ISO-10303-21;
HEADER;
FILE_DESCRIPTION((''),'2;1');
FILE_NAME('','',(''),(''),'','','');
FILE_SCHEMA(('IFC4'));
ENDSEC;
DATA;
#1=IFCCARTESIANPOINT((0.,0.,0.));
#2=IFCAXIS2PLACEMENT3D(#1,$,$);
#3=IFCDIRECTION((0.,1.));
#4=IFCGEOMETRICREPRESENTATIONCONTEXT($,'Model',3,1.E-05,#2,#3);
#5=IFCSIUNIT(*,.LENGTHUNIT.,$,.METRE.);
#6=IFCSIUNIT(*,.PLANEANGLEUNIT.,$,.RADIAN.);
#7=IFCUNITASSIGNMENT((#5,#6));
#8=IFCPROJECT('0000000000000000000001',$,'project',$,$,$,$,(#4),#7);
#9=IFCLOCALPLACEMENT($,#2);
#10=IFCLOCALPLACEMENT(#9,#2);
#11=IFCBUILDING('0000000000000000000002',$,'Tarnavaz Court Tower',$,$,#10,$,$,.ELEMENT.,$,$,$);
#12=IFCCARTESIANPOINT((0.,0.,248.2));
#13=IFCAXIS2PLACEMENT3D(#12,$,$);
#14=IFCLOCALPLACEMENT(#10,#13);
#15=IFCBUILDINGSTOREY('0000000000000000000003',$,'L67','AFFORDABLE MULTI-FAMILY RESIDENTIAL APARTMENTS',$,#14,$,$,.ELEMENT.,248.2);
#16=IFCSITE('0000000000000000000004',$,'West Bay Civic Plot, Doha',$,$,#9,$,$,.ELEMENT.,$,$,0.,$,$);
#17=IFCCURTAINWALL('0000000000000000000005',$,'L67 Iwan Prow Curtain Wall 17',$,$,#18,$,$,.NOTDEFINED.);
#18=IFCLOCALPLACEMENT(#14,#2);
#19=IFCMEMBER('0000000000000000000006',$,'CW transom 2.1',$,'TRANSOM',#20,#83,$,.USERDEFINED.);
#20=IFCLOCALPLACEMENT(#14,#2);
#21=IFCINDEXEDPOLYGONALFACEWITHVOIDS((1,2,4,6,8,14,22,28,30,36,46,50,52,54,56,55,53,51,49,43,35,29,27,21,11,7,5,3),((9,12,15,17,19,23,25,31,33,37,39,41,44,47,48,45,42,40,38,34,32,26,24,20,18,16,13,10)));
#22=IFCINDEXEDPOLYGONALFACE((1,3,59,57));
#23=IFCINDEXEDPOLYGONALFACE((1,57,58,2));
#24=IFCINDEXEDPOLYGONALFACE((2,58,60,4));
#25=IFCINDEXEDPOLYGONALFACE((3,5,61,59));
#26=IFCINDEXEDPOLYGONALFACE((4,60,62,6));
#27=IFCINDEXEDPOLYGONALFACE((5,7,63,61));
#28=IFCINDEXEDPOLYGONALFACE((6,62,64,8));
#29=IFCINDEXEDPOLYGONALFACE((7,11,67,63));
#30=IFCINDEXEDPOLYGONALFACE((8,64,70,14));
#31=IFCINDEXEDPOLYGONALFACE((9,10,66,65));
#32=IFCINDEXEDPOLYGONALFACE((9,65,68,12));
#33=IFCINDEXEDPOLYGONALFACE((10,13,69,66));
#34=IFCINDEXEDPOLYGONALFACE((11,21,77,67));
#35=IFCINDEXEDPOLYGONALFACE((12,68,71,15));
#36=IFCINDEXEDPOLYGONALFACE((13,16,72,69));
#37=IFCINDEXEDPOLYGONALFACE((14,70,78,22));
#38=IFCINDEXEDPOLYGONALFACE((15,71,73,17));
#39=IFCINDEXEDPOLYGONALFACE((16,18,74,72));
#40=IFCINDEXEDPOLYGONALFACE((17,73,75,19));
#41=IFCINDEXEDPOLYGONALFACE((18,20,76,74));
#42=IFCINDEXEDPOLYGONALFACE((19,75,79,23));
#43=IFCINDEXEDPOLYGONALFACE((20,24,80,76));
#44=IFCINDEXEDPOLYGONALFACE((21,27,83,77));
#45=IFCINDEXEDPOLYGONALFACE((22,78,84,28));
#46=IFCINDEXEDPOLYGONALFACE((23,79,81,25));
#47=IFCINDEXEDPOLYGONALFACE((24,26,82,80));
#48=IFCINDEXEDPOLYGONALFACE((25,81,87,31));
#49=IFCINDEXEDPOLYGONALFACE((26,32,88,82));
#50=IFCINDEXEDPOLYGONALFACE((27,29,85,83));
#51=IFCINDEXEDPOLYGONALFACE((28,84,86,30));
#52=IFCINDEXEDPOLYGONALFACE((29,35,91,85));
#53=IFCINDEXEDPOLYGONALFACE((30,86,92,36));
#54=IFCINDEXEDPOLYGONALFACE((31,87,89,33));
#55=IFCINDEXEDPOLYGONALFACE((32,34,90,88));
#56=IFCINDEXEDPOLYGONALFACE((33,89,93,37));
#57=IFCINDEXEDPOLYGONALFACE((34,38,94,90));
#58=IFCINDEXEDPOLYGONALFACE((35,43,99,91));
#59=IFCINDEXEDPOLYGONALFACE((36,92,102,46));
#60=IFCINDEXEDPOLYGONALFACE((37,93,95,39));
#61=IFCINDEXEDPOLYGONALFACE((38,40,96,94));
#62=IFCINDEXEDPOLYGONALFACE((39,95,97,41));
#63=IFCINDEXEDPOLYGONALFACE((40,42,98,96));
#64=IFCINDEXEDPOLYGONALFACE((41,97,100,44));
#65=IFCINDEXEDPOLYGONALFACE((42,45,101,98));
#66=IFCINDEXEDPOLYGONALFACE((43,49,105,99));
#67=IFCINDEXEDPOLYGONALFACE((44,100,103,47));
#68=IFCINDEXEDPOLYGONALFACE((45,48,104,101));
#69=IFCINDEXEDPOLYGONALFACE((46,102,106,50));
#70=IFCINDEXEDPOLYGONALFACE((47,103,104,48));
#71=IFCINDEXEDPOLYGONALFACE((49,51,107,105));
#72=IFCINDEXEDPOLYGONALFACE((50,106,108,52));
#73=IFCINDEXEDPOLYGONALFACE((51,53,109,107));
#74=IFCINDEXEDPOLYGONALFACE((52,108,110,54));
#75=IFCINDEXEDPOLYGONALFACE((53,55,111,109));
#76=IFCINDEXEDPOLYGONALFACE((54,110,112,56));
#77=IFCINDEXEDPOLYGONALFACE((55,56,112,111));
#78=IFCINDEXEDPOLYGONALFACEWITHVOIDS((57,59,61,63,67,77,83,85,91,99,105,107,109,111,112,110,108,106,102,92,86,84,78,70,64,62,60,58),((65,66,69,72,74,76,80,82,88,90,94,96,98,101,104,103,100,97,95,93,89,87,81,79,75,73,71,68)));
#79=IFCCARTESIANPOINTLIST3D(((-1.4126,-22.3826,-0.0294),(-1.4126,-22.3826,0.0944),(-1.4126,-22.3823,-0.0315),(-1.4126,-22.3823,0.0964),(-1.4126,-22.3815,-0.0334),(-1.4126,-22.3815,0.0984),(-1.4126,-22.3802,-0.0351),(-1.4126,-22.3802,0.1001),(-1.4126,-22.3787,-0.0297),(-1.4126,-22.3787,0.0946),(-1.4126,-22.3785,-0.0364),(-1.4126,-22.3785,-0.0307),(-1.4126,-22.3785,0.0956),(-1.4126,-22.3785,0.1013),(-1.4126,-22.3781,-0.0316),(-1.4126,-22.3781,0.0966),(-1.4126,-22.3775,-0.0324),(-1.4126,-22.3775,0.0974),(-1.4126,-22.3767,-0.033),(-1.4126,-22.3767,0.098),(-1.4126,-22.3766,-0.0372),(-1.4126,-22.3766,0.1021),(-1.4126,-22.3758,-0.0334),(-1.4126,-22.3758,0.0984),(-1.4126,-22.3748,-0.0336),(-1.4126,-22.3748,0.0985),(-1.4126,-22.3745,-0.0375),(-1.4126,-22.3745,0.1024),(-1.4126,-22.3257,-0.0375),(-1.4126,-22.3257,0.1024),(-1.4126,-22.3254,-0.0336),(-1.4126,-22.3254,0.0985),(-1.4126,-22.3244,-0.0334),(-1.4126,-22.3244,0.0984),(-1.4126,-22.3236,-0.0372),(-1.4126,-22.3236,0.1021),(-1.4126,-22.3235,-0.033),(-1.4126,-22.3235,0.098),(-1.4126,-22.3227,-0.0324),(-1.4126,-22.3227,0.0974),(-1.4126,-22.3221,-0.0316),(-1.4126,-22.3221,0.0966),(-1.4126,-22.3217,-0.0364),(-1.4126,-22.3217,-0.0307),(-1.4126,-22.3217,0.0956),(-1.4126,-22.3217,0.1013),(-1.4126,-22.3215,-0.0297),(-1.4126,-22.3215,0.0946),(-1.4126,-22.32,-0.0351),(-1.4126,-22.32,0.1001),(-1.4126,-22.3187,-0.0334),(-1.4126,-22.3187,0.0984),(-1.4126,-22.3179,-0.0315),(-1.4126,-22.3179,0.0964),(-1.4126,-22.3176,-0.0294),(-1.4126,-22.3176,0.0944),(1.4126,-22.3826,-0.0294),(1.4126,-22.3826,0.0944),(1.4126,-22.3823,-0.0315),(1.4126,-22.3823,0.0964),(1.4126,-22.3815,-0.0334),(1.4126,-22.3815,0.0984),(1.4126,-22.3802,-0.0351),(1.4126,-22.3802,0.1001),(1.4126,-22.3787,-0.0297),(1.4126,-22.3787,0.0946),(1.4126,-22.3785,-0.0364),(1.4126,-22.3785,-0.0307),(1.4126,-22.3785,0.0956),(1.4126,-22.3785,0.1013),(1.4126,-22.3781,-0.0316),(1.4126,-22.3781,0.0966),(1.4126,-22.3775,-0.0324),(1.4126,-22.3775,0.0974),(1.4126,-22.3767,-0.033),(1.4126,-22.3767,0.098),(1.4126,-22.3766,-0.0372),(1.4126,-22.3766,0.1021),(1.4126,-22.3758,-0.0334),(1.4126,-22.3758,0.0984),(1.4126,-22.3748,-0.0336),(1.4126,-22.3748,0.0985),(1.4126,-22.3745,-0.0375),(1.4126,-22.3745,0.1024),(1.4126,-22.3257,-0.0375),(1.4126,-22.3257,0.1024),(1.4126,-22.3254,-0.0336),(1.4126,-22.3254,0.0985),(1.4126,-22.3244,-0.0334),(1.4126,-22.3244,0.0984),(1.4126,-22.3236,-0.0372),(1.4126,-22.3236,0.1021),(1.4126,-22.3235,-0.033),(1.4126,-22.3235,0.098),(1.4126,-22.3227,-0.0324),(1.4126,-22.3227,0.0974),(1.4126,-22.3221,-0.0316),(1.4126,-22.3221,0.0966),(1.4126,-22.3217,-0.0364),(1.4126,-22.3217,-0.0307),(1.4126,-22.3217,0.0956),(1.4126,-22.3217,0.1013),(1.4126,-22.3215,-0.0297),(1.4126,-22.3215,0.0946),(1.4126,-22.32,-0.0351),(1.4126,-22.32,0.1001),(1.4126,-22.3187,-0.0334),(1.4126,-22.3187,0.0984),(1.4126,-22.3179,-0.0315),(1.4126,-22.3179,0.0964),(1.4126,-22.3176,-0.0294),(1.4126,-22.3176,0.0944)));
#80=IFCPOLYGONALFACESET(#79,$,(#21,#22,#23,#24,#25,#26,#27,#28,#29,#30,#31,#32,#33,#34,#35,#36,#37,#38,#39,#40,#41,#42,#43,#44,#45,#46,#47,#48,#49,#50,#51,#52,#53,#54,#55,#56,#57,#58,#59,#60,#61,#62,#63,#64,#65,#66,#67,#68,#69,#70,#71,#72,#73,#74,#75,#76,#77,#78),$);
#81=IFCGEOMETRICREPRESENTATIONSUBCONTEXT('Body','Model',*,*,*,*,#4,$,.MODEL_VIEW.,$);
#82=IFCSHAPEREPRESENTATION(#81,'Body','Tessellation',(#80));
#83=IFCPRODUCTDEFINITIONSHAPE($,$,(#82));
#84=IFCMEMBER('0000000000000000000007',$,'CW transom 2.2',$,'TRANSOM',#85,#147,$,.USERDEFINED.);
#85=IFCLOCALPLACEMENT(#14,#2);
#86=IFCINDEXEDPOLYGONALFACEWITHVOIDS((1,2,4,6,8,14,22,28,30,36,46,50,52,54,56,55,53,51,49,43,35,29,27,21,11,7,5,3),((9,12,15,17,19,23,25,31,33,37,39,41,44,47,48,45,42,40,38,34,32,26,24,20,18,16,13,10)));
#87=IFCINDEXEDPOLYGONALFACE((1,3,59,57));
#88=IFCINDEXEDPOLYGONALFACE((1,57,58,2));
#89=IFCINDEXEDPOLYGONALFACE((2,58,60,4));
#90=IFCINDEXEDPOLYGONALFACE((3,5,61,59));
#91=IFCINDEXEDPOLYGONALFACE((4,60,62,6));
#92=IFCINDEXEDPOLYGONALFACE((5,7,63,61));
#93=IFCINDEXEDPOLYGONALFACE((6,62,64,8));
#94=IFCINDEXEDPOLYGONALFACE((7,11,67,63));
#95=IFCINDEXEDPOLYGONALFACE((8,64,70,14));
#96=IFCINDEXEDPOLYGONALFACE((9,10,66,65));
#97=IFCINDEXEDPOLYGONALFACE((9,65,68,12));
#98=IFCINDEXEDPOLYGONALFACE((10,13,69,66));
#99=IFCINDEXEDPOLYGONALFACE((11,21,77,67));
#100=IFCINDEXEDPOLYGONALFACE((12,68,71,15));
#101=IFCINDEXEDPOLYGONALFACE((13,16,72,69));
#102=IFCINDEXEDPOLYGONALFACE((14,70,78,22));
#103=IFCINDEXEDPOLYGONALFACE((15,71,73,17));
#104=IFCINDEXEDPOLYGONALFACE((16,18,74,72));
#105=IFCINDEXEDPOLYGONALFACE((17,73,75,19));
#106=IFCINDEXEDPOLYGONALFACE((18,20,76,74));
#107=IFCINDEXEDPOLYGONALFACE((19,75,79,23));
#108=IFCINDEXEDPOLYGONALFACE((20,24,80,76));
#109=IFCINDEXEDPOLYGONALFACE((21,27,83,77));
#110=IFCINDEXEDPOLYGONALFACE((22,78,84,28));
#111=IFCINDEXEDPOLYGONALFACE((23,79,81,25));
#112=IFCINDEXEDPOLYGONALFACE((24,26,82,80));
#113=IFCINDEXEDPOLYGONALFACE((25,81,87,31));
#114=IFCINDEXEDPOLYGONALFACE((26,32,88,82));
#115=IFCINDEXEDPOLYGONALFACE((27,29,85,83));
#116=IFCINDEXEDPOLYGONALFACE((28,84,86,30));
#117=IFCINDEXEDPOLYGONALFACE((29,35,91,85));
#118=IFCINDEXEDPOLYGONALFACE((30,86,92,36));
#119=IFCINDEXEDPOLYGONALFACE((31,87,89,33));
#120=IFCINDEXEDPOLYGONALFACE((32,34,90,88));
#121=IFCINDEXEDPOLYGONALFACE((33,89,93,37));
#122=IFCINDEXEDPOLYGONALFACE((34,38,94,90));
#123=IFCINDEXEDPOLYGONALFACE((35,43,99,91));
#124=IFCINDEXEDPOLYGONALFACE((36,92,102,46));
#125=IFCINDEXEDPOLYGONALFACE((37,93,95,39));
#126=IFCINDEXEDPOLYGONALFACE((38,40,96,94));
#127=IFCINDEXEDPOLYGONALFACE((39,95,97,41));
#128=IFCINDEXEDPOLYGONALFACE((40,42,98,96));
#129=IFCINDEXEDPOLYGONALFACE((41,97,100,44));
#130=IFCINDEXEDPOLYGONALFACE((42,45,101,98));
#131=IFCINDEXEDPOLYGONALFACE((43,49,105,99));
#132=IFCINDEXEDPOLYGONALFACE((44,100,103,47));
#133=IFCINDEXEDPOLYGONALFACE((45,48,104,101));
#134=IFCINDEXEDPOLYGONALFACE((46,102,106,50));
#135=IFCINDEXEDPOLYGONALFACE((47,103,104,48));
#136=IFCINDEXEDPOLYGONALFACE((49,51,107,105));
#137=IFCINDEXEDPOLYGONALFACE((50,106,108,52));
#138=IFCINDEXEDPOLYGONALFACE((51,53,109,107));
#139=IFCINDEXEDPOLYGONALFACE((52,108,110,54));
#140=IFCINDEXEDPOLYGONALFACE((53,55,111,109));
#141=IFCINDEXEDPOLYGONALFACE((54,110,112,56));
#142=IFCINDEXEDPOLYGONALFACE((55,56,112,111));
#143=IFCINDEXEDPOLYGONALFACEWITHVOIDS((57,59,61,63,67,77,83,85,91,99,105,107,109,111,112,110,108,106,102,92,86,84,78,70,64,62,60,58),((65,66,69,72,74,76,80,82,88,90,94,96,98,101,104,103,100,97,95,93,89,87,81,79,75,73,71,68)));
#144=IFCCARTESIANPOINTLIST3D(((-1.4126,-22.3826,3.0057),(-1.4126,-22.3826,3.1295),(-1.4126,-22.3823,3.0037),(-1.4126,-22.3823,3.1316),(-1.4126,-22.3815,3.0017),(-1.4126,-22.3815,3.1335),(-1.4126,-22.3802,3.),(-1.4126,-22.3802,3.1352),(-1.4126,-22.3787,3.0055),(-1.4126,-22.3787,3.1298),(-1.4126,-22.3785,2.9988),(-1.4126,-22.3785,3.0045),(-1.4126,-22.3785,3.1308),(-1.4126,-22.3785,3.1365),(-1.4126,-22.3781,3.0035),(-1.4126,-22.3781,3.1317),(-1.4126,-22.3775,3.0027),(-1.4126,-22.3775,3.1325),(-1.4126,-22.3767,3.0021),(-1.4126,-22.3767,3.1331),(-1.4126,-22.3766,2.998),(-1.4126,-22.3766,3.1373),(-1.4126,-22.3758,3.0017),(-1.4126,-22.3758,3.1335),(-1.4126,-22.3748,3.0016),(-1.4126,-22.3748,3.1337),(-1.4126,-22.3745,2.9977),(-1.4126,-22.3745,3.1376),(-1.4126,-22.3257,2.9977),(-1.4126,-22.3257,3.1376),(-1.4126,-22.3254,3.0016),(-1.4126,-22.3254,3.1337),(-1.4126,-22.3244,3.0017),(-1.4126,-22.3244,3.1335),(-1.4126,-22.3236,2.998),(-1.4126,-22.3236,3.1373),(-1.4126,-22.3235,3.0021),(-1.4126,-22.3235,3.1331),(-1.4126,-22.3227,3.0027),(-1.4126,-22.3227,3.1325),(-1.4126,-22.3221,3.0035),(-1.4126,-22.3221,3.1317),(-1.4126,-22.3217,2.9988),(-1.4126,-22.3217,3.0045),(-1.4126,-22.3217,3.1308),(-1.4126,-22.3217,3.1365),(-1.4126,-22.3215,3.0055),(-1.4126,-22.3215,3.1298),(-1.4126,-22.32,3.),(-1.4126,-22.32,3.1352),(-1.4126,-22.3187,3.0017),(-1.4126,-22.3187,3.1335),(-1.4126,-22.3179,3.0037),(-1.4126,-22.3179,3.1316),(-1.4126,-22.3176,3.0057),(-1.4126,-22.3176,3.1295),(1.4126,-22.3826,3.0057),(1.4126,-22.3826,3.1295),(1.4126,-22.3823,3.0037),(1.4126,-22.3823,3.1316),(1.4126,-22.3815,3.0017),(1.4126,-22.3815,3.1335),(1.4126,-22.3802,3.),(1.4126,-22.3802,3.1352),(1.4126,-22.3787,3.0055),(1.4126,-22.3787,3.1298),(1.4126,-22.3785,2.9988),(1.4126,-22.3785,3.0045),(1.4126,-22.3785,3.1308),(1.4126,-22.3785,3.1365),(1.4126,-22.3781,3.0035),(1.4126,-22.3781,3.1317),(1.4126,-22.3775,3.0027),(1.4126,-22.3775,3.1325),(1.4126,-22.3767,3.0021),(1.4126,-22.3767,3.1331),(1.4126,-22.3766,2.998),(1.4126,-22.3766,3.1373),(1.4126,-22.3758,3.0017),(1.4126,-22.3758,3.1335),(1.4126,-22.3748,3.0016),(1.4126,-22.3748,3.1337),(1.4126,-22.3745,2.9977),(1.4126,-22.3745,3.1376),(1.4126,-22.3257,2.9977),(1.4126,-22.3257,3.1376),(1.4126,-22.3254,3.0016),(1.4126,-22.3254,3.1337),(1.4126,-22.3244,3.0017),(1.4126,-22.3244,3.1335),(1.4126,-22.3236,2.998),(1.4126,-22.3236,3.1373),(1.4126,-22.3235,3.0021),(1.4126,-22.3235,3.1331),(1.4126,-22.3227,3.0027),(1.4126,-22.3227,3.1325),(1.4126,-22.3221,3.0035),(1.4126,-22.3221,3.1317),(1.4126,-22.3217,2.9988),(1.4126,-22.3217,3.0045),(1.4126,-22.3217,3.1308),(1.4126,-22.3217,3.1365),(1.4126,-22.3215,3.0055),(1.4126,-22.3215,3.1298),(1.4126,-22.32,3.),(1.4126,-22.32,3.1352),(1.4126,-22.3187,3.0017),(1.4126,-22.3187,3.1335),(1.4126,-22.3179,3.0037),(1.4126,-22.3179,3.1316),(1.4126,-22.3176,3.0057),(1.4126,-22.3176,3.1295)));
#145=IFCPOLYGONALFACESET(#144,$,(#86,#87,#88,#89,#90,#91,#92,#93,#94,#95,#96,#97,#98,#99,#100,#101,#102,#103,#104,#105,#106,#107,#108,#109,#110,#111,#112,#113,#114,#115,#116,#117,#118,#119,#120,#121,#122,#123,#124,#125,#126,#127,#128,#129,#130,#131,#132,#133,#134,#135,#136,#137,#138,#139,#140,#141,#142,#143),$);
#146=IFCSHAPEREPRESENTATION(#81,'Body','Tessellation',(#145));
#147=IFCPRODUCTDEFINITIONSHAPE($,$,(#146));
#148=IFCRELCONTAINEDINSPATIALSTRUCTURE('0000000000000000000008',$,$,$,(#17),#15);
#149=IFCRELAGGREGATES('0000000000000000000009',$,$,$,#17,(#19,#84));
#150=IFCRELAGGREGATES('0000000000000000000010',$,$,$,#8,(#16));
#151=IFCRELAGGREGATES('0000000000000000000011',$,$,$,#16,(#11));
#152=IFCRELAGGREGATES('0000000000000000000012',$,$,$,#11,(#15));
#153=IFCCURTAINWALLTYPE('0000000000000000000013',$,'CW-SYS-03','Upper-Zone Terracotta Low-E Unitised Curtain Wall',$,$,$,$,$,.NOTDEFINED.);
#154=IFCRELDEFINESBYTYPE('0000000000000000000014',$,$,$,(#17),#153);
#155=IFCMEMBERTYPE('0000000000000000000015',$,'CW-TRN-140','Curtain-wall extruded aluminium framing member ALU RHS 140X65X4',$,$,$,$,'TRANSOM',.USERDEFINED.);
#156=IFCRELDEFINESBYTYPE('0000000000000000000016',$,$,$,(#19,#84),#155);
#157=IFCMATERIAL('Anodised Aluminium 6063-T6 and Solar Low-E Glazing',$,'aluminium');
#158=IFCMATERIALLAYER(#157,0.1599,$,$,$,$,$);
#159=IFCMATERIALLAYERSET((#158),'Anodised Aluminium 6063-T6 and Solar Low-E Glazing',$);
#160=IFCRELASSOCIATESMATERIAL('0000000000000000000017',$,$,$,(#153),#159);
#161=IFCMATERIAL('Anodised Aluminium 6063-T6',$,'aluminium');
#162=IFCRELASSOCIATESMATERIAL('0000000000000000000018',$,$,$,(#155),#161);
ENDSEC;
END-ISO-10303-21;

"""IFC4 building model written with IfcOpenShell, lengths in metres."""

from ifc_helpers import new_model, si_unit, direction, frame, origin, origin_2d, place, context, subcontext, project, spatial, hollow_rectangle, extrude, material, layer, layer_set, material_profile, profile_set, type_object, element, aggregate, save


model = new_model("IFC4")

# Units and contexts
model_context = context("Model", 3, precision=1e-05, world=origin(), true_north=direction((0.0, 1.0)))
body_context = subcontext(model_context, "Body", "Model", "MODEL_VIEW")
ifc_project = project(units=[si_unit("LENGTHUNIT", "METRE"), si_unit("PLANEANGLEUNIT", "RADIAN")], contexts=[model_context])

# Site, building, storey
site_placement = place(None, origin())
site = spatial("IfcSite", under=ifc_project, at=site_placement, Name="West Bay Civic Plot, Doha", CompositionType="ELEMENT", RefElevation=0.0)
building_placement = place(site_placement, origin())
building = spatial("IfcBuilding", under=site, at=building_placement, Name="Tarnavaz Court Tower", CompositionType="ELEMENT")
storey_placement = place(building_placement, frame((0.0, 0.0, 248.2)))
storey = spatial("IfcBuildingStorey", under=building, at=storey_placement, Name="L67", Description="AFFORDABLE MULTI-FAMILY RESIDENTIAL APARTMENTS", CompositionType="ELEMENT", Elevation=248.2)

# Curtain wall, members
ifc_material_1 = material(Name="Anodised Aluminium 6063-T6 and Solar Low-E Glazing", Category="aluminium")
ifc_layer_1 = layer(ifc_material_1, 0.1599)
ifc_layer_set_1 = layer_set([ifc_layer_1], Name="Anodised Aluminium 6063-T6 and Solar Low-E Glazing")
curtain_wall_type = type_object("IfcCurtainWallType", Name="CW-SYS-03", Description="Upper-Zone Terracotta Low-E Unitised Curtain Wall", PredefinedType="NOTDEFINED", material=ifc_layer_set_1)
curtain_wall_placement = place(storey_placement, origin())
curtain_wall = element("IfcCurtainWall", 1, at=curtain_wall_placement, inside=storey, type_object=curtain_wall_type, Name="L67 Iwan Prow Curtain Wall 17", PredefinedType="NOTDEFINED")
ifc_material_2 = material(Name="Anodised Aluminium 6063-T6", Category="aluminium")
ifc_material_profile_1 = material_profile(ifc_material_2, hollow_rectangle(XDim=0.0649, YDim=0.1399, WallThickness=0.0039, InnerFilletRadius=0.0039, OuterFilletRadius=0.0081, at=origin_2d()), Name="ALU RHS 140X65X4")
ifc_profile_set_1 = profile_set([ifc_material_profile_1], Name="Anodised Aluminium 6063-T6")
member_type_1 = type_object("IfcMemberType", Name="CW-TRN-140", Description="Curtain-wall extruded aluminium framing member ALU RHS 140X65X4", ElementType="TRANSOM", PredefinedType="USERDEFINED", material=ifc_profile_set_1)
member_1_placement = place(storey_placement, frame((1.4126, -22.3501, 0.0325), z_axis=(-1.0, 0.0, 0.0), x_axis=(0.0, -1.0, 0.0)))
member_1 = element("IfcMember", 2, at=member_1_placement, type_object=member_type_1, Name="CW transom 2.1", ObjectType="TRANSOM", PredefinedType="USERDEFINED", context=body_context, shape_type="SweptSolid", body=[
    extrude(hollow_rectangle(XDim=0.0649, YDim=0.1399, WallThickness=0.0039, InnerFilletRadius=0.0039, OuterFilletRadius=0.0081, at=origin_2d()), origin(), (0.0, 0.0, 1.0), 2.8252),
])
member_2_placement = place(storey_placement, frame((1.4126, -22.3501, 3.0676), z_axis=(-1.0, 0.0, 0.0), x_axis=(0.0, -1.0, 0.0)))
member_2 = element("IfcMember", 3, at=member_2_placement, type_object=member_type_1, Name="CW transom 2.2", ObjectType="TRANSOM", PredefinedType="USERDEFINED", context=body_context, shape_type="SweptSolid", body=[
    extrude(hollow_rectangle(XDim=0.0649, YDim=0.1399, WallThickness=0.0039, InnerFilletRadius=0.0039, OuterFilletRadius=0.0081, at=origin_2d()), origin(), (0.0, 0.0, 1.0), 2.8252),
])
aggregate(curtain_wall, [member_1, member_2])

save(model, "model.ifc")
